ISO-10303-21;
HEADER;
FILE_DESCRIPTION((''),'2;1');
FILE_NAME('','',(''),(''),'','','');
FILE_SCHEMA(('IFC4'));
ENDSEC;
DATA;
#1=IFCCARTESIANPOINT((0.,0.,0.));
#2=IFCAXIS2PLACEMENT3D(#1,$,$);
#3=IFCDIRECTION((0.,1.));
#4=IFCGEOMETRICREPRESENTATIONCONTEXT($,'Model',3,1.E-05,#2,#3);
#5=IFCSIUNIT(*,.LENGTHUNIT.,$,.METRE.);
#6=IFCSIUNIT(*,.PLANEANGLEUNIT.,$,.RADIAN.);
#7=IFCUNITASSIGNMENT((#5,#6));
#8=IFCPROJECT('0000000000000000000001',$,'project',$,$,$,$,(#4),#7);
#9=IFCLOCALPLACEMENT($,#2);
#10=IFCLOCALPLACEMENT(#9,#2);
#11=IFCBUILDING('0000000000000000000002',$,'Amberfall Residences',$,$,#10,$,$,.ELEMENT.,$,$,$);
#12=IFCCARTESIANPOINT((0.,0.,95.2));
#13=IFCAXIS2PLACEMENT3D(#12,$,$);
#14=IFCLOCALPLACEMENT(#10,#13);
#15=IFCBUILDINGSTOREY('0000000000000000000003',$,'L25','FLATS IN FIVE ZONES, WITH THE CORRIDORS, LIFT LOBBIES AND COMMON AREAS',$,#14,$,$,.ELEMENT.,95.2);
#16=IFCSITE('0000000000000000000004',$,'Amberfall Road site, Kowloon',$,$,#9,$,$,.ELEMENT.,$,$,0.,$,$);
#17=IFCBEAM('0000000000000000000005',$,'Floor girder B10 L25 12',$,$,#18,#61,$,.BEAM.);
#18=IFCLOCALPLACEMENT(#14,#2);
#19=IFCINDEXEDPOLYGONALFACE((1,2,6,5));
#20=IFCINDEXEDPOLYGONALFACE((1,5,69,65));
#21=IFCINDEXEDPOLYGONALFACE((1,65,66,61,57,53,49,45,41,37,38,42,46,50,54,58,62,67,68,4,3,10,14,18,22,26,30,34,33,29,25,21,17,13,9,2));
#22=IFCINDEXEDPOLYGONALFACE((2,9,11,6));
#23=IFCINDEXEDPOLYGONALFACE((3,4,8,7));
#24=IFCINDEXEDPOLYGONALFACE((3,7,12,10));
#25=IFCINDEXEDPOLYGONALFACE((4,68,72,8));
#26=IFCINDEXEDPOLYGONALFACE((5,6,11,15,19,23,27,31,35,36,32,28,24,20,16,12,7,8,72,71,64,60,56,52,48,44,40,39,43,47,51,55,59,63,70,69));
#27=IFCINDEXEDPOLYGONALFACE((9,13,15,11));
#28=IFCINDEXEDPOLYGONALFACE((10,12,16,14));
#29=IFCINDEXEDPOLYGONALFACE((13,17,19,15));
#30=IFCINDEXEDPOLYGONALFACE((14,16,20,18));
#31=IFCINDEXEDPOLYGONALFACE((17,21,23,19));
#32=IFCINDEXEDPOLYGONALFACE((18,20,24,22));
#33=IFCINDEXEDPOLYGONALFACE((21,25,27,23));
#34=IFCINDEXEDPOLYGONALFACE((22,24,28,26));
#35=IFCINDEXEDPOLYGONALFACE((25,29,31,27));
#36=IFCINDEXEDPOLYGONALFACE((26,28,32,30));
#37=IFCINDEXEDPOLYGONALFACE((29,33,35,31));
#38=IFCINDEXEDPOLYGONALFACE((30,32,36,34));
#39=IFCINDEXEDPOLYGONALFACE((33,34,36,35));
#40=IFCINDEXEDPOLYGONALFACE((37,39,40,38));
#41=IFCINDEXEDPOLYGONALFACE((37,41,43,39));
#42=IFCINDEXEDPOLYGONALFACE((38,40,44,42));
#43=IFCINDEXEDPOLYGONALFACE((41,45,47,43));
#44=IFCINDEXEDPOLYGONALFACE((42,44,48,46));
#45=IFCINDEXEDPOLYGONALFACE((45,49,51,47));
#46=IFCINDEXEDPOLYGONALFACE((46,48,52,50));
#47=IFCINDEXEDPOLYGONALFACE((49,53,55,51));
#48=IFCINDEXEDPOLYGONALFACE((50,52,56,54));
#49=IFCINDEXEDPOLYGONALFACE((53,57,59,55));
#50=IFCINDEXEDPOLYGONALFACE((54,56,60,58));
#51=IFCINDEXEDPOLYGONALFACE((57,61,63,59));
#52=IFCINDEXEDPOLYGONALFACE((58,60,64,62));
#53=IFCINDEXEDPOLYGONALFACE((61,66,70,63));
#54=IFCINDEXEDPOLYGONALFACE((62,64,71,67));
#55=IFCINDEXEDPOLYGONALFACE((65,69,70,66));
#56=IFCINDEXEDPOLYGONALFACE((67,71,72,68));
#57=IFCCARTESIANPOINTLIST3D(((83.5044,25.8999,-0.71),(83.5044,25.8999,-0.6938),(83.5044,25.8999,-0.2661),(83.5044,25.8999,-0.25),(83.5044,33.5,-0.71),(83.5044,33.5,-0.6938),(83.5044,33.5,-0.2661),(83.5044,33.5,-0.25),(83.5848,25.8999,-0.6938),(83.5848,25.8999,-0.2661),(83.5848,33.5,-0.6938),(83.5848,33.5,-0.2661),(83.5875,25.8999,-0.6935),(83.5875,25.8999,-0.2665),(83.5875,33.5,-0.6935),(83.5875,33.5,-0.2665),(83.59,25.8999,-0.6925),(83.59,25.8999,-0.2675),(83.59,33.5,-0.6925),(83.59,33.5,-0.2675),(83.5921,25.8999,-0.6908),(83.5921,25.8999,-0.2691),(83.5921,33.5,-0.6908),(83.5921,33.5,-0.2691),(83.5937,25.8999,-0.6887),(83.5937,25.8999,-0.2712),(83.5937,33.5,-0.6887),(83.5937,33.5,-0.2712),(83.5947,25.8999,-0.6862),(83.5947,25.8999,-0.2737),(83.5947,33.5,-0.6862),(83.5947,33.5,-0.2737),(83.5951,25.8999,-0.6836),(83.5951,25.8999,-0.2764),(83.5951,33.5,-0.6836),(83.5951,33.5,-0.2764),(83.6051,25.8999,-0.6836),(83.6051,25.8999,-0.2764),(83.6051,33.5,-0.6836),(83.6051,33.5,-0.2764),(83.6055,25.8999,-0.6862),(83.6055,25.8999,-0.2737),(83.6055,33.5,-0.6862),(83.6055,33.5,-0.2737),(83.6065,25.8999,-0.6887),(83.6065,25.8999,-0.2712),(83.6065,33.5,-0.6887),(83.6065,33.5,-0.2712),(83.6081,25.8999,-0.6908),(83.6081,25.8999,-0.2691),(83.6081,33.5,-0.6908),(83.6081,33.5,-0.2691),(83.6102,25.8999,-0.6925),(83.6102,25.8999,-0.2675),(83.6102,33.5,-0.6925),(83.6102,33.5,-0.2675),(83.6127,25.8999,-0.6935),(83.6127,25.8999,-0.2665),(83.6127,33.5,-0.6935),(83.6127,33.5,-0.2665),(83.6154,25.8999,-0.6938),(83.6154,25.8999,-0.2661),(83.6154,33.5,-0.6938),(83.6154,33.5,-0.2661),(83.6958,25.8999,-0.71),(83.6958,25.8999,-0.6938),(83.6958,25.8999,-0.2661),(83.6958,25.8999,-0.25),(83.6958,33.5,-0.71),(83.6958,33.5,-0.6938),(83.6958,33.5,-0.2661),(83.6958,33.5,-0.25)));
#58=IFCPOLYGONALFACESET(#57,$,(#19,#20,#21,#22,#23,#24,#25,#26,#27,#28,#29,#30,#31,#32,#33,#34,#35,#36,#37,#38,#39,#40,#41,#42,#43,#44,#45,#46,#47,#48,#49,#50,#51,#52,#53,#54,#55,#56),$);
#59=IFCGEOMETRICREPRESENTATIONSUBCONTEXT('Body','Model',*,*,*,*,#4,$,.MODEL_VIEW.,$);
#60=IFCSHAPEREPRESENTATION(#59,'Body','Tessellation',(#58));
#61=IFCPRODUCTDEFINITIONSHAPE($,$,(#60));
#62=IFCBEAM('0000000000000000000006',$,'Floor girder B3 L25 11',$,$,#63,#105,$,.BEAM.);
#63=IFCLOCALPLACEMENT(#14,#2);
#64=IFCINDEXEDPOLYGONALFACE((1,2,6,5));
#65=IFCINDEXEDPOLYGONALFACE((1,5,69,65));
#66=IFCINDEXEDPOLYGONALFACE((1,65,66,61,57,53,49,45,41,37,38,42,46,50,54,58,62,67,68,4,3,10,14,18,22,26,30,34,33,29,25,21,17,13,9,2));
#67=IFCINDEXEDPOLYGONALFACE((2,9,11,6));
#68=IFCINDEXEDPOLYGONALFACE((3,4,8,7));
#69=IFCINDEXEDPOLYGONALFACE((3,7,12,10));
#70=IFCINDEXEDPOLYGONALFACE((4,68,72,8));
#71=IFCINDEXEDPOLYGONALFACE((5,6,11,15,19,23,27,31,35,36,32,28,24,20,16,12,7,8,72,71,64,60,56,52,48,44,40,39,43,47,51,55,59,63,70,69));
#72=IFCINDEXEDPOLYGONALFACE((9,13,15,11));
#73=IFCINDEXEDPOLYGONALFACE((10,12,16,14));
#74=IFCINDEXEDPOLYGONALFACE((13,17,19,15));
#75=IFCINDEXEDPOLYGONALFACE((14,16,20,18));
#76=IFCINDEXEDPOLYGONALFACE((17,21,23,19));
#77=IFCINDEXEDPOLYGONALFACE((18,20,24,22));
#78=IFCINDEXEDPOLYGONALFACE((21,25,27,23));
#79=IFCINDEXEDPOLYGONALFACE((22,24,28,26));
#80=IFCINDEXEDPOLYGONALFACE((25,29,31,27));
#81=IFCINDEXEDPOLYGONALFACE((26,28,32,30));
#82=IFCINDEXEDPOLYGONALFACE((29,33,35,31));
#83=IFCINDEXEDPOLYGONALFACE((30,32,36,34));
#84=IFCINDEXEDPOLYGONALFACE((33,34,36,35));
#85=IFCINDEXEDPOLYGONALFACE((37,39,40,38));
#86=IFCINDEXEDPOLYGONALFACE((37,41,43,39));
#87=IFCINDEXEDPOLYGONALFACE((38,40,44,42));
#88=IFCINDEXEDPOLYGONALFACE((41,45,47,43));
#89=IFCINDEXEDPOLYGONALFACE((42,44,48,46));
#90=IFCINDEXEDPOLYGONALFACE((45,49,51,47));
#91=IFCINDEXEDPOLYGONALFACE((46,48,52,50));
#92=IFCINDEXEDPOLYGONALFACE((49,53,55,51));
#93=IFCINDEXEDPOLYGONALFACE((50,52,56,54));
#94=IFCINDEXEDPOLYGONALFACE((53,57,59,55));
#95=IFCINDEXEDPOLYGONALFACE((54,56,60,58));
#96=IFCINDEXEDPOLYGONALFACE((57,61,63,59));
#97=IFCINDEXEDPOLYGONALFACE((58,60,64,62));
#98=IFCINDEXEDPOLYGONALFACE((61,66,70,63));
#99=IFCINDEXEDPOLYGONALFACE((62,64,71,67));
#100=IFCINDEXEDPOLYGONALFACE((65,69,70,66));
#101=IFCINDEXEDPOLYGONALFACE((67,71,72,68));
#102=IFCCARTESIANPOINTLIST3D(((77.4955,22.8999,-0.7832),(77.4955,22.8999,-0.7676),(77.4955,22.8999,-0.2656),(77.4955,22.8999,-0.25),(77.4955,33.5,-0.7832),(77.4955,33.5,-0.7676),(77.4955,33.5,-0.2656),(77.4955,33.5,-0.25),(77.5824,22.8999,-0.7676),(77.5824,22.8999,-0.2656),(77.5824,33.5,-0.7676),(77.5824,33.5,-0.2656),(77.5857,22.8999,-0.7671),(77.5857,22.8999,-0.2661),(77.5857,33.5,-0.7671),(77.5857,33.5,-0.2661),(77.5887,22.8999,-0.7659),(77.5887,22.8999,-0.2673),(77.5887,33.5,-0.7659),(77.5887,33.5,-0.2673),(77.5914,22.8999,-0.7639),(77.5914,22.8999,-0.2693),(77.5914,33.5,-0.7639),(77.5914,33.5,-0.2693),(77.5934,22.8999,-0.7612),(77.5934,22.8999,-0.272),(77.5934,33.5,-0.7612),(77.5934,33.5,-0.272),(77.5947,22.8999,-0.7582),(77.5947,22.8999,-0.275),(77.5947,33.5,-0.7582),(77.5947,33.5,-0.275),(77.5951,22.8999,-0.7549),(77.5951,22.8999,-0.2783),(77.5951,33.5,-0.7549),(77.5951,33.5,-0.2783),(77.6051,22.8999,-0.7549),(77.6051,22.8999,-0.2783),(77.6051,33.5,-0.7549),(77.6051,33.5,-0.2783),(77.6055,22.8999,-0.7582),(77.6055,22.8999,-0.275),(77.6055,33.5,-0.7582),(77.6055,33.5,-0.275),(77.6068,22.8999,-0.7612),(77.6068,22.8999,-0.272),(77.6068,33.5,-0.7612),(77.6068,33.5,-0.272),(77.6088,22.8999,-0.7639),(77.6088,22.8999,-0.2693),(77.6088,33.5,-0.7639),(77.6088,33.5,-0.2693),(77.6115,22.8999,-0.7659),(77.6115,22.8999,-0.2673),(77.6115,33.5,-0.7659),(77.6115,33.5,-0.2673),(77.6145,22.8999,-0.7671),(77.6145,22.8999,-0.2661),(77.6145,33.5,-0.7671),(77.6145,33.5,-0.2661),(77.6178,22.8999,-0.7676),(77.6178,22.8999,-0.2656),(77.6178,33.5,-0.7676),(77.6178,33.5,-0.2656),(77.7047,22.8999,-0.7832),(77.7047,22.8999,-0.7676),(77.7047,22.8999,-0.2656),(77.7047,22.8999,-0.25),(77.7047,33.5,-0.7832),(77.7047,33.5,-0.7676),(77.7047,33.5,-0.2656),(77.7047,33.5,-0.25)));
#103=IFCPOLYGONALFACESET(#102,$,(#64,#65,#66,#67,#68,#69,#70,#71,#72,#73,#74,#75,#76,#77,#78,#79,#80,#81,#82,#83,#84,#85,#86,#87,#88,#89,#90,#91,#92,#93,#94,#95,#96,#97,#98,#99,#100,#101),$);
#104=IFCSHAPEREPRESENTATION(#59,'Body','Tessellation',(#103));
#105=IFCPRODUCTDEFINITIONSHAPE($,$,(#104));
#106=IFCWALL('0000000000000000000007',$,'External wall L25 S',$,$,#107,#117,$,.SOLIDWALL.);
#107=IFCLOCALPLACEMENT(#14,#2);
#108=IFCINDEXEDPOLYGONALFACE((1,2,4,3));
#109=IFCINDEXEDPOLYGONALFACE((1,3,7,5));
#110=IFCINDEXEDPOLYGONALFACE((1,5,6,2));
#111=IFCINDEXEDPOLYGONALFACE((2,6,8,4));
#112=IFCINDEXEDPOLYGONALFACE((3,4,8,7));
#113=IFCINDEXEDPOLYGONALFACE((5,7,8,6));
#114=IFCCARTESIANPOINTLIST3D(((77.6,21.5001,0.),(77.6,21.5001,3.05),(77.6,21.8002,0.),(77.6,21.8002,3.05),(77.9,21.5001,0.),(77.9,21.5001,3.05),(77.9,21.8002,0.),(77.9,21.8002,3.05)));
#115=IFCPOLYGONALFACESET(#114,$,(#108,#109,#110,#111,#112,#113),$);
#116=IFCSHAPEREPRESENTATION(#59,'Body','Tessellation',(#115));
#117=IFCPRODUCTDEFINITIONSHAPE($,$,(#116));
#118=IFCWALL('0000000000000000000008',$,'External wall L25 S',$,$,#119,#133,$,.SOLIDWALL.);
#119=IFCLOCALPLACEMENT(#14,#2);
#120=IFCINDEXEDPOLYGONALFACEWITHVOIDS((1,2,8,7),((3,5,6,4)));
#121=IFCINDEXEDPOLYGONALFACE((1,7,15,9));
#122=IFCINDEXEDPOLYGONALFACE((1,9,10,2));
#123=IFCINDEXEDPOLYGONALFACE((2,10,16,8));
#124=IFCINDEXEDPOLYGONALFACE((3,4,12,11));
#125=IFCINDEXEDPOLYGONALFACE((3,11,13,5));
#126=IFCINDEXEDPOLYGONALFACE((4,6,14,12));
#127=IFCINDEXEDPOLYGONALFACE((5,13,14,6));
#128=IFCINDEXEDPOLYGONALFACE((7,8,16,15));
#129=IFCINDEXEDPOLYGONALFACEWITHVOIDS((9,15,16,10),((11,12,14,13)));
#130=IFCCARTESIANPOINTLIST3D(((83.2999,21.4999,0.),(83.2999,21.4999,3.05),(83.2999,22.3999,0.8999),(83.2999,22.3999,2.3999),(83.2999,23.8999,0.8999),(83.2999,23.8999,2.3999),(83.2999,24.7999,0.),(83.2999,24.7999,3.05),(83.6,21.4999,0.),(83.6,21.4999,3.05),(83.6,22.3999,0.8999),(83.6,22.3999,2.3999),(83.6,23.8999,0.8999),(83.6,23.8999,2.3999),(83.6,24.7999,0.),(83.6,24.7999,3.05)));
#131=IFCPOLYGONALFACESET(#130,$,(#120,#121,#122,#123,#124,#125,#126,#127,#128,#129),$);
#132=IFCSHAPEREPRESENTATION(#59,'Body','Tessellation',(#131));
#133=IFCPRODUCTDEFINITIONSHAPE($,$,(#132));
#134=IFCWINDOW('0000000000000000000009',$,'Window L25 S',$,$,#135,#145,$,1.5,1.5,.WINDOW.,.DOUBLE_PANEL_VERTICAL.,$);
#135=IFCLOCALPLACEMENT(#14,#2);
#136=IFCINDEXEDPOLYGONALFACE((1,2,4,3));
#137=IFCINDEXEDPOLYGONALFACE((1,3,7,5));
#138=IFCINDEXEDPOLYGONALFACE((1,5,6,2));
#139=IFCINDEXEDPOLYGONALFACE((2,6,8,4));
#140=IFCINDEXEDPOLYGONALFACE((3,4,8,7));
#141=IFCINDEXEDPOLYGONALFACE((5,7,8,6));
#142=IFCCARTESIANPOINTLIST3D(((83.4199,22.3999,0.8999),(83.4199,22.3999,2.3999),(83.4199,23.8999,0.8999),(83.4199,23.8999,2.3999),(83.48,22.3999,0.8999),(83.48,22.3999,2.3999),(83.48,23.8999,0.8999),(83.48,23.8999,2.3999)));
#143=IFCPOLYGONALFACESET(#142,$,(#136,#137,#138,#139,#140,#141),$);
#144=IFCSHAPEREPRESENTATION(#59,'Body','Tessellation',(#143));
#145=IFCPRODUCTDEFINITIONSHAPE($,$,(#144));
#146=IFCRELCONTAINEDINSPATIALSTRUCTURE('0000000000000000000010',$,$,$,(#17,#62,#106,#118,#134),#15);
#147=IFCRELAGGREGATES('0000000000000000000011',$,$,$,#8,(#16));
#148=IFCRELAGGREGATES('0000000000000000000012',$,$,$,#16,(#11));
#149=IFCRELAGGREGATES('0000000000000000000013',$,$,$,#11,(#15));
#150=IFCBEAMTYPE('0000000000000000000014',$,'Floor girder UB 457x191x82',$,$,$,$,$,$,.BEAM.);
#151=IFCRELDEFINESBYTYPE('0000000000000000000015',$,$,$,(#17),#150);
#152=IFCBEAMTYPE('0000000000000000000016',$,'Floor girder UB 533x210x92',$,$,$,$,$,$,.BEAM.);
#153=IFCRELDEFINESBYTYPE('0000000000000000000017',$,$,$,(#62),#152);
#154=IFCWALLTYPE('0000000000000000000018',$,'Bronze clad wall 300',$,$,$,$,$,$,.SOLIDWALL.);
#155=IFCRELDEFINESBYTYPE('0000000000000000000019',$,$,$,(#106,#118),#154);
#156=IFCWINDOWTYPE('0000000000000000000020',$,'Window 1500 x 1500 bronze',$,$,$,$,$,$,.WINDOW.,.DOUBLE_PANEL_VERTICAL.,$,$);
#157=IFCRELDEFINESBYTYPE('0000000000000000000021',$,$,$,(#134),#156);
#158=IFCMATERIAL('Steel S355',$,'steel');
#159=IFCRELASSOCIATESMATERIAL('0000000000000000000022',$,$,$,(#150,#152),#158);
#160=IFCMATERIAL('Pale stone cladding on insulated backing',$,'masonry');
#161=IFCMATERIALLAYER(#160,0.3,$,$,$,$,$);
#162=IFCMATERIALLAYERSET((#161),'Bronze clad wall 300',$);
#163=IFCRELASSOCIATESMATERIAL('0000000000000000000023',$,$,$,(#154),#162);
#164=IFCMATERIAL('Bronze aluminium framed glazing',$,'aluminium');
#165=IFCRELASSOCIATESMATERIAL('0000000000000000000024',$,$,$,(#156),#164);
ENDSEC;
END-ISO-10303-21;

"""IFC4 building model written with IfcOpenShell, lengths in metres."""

from ifc_helpers import new_model, si_unit, direction, frame, frame_2d, origin, origin_2d, place, context, subcontext, project, spatial, rectangle, i_section, extrude, material, layer, layer_set, material_profile, profile_set, type_object, element, fill, save


model = new_model("IFC4")

# Units and contexts
model_context = context("Model", 3, precision=1e-05, world=origin(), true_north=direction((0.0, 1.0)))
body_context = subcontext(model_context, "Body", "Model", "MODEL_VIEW")
ifc_project = project(units=[si_unit("LENGTHUNIT", "METRE"), si_unit("PLANEANGLEUNIT", "RADIAN")], contexts=[model_context])

# Site, building, storey
site_placement = place(None, origin())
site = spatial("IfcSite", under=ifc_project, at=site_placement, Name="Amberfall Road site, Kowloon", CompositionType="ELEMENT", RefElevation=0.0)
building_placement = place(site_placement, origin())
building = spatial("IfcBuilding", under=site, at=building_placement, Name="Amberfall Residences", CompositionType="ELEMENT")
storey_placement = place(building_placement, frame((0.0, 0.0, 95.2)))
storey = spatial("IfcBuildingStorey", under=building, at=storey_placement, Name="L25", Description="FLATS IN FIVE ZONES, WITH THE CORRIDORS, LIFT LOBBIES AND COMMON AREAS", CompositionType="ELEMENT", Elevation=95.2)

# Beams
ifc_material_1 = material(Name="Steel S355", Category="steel")
ifc_material_profile_1 = material_profile(ifc_material_1, i_section(OverallWidth=0.1914, OverallDepth=0.46, WebThickness=0.01, FlangeThickness=0.0161, FilletRadius=0.0103, at=origin_2d()), Name="UB 457x191x82")
ifc_profile_set_1 = profile_set([ifc_material_profile_1], Name="Steel S355")
beam_type_1 = type_object("IfcBeamType", Name="Floor girder UB 457x191x82", PredefinedType="BEAM", material=ifc_profile_set_1)
beam_1_placement = place(storey_placement, frame((83.6001, 25.8999, -0.48), z_axis=(0.0, 1.0, 0.0), x_axis=(-1.0, 0.0, 0.0)))
element("IfcBeam", 1, at=beam_1_placement, inside=storey, type_object=beam_type_1, Name="Floor girder B10 L25 12", PredefinedType="BEAM", context=body_context, shape_type="SweptSolid", body=[
    extrude(i_section(OverallWidth=0.1914, OverallDepth=0.46, WebThickness=0.01, FlangeThickness=0.0161, FilletRadius=0.0103, at=origin_2d()), origin(), (0.0, 0.0, 1.0), 7.6001),
])
ifc_material_profile_2 = material_profile(ifc_material_1, i_section(OverallWidth=0.2092, OverallDepth=0.5332, WebThickness=0.01, FlangeThickness=0.0156, FilletRadius=0.0127, at=origin_2d()), Name="UB 533x210x92")
ifc_profile_set_2 = profile_set([ifc_material_profile_2], Name="Steel S355")
beam_type_2 = type_object("IfcBeamType", Name="Floor girder UB 533x210x92", PredefinedType="BEAM", material=ifc_profile_set_2)
beam_2_placement = place(storey_placement, frame((77.6001, 22.8999, -0.5166), z_axis=(0.0, 1.0, 0.0), x_axis=(-1.0, 0.0, 0.0)))
element("IfcBeam", 2, at=beam_2_placement, inside=storey, type_object=beam_type_2, Name="Floor girder B3 L25 11", PredefinedType="BEAM", context=body_context, shape_type="SweptSolid", body=[
    extrude(i_section(OverallWidth=0.2092, OverallDepth=0.5332, WebThickness=0.01, FlangeThickness=0.0156, FilletRadius=0.0127, at=origin_2d()), origin(), (0.0, 0.0, 1.0), 10.6001),
])

# Wall
ifc_material_2 = material(Name="Pale stone cladding on insulated backing", Category="masonry")
ifc_layer_1 = layer(ifc_material_2, 0.3)
ifc_layer_set_1 = layer_set([ifc_layer_1], Name="Bronze clad wall 300")
wall_type_1 = type_object("IfcWallType", Name="Bronze clad wall 300", PredefinedType="SOLIDWALL", material=ifc_layer_set_1)
wall_1_placement = place(storey_placement, frame((77.75, 21.8, 0.0), z_axis=(0.0, 0.0, 1.0), x_axis=(0.0, -1.0, 0.0)))
element("IfcWall", 3, at=wall_1_placement, inside=storey, type_object=wall_type_1, Name="External wall L25 S", PredefinedType="SOLIDWALL", context=body_context, shape_type="SweptSolid", body=[
    extrude(rectangle(XDim=0.3, YDim=0.3, at=frame_2d((0.1499, 0.0))), origin(), (0.0, 0.0, 1.0), 3.05),
])

# Wall, opening, window
wall_2_placement = place(storey_placement, frame((83.45, 21.5, 0.0), z_axis=(0.0, 0.0, 1.0), x_axis=(0.0, 1.0, 0.0)))
wall_2 = element("IfcWall", 4, at=wall_2_placement, inside=storey, type_object=wall_type_1, Name="External wall L25 S", PredefinedType="SOLIDWALL", context=body_context, shape_type="SweptSolid", body=[
    extrude(rectangle(XDim=3.3, YDim=0.3, at=frame_2d((1.6499, 0.0))), origin(), (0.0, 0.0, 1.0), 3.05),
])
opening_1_placement = place(wall_2_placement, frame((0.8999, 0.0, 0.8999)))
opening_1 = element("IfcOpeningElement", 5, at=opening_1_placement, cuts=wall_2, PredefinedType="OPENING", context=body_context, shape_type="SweptSolid", body=[
    extrude(rectangle(XDim=1.5, YDim=1.5, at=frame_2d((0.75, 0.75))), frame((0.0, 0.1599, 0.0), z_axis=(0.0, -1.0, 0.0), x_axis=(1.0, 0.0, 0.0)), (0.0, 0.0, 1.0), 0.3201),
])
ifc_material_3 = material(Name="Bronze aluminium framed glazing", Category="aluminium")
window_type_1 = type_object("IfcWindowType", Name="Window 1500 x 1500 bronze", PartitioningType="DOUBLE_PANEL_VERTICAL", PredefinedType="WINDOW", material=ifc_material_3)
window_1_placement = place(opening_1_placement, origin())
window_1 = element("IfcWindow", 6, at=window_1_placement, inside=storey, type_object=window_type_1, Name="Window L25 S", OverallHeight=1.5, OverallWidth=1.5, PartitioningType="DOUBLE_PANEL_VERTICAL", PredefinedType="WINDOW", context=body_context, shape_type="SweptSolid", body=[
    extrude(rectangle(XDim=1.5, YDim=1.5, at=frame_2d((0.75, 0.75))), frame((0.0, 0.03, 0.0), z_axis=(0.0, -1.0, 0.0), x_axis=(1.0, 0.0, 0.0)), (0.0, 0.0, 1.0), 0.0601),
])
fill(opening_1, window_1)

save(model, "model.ifc")
